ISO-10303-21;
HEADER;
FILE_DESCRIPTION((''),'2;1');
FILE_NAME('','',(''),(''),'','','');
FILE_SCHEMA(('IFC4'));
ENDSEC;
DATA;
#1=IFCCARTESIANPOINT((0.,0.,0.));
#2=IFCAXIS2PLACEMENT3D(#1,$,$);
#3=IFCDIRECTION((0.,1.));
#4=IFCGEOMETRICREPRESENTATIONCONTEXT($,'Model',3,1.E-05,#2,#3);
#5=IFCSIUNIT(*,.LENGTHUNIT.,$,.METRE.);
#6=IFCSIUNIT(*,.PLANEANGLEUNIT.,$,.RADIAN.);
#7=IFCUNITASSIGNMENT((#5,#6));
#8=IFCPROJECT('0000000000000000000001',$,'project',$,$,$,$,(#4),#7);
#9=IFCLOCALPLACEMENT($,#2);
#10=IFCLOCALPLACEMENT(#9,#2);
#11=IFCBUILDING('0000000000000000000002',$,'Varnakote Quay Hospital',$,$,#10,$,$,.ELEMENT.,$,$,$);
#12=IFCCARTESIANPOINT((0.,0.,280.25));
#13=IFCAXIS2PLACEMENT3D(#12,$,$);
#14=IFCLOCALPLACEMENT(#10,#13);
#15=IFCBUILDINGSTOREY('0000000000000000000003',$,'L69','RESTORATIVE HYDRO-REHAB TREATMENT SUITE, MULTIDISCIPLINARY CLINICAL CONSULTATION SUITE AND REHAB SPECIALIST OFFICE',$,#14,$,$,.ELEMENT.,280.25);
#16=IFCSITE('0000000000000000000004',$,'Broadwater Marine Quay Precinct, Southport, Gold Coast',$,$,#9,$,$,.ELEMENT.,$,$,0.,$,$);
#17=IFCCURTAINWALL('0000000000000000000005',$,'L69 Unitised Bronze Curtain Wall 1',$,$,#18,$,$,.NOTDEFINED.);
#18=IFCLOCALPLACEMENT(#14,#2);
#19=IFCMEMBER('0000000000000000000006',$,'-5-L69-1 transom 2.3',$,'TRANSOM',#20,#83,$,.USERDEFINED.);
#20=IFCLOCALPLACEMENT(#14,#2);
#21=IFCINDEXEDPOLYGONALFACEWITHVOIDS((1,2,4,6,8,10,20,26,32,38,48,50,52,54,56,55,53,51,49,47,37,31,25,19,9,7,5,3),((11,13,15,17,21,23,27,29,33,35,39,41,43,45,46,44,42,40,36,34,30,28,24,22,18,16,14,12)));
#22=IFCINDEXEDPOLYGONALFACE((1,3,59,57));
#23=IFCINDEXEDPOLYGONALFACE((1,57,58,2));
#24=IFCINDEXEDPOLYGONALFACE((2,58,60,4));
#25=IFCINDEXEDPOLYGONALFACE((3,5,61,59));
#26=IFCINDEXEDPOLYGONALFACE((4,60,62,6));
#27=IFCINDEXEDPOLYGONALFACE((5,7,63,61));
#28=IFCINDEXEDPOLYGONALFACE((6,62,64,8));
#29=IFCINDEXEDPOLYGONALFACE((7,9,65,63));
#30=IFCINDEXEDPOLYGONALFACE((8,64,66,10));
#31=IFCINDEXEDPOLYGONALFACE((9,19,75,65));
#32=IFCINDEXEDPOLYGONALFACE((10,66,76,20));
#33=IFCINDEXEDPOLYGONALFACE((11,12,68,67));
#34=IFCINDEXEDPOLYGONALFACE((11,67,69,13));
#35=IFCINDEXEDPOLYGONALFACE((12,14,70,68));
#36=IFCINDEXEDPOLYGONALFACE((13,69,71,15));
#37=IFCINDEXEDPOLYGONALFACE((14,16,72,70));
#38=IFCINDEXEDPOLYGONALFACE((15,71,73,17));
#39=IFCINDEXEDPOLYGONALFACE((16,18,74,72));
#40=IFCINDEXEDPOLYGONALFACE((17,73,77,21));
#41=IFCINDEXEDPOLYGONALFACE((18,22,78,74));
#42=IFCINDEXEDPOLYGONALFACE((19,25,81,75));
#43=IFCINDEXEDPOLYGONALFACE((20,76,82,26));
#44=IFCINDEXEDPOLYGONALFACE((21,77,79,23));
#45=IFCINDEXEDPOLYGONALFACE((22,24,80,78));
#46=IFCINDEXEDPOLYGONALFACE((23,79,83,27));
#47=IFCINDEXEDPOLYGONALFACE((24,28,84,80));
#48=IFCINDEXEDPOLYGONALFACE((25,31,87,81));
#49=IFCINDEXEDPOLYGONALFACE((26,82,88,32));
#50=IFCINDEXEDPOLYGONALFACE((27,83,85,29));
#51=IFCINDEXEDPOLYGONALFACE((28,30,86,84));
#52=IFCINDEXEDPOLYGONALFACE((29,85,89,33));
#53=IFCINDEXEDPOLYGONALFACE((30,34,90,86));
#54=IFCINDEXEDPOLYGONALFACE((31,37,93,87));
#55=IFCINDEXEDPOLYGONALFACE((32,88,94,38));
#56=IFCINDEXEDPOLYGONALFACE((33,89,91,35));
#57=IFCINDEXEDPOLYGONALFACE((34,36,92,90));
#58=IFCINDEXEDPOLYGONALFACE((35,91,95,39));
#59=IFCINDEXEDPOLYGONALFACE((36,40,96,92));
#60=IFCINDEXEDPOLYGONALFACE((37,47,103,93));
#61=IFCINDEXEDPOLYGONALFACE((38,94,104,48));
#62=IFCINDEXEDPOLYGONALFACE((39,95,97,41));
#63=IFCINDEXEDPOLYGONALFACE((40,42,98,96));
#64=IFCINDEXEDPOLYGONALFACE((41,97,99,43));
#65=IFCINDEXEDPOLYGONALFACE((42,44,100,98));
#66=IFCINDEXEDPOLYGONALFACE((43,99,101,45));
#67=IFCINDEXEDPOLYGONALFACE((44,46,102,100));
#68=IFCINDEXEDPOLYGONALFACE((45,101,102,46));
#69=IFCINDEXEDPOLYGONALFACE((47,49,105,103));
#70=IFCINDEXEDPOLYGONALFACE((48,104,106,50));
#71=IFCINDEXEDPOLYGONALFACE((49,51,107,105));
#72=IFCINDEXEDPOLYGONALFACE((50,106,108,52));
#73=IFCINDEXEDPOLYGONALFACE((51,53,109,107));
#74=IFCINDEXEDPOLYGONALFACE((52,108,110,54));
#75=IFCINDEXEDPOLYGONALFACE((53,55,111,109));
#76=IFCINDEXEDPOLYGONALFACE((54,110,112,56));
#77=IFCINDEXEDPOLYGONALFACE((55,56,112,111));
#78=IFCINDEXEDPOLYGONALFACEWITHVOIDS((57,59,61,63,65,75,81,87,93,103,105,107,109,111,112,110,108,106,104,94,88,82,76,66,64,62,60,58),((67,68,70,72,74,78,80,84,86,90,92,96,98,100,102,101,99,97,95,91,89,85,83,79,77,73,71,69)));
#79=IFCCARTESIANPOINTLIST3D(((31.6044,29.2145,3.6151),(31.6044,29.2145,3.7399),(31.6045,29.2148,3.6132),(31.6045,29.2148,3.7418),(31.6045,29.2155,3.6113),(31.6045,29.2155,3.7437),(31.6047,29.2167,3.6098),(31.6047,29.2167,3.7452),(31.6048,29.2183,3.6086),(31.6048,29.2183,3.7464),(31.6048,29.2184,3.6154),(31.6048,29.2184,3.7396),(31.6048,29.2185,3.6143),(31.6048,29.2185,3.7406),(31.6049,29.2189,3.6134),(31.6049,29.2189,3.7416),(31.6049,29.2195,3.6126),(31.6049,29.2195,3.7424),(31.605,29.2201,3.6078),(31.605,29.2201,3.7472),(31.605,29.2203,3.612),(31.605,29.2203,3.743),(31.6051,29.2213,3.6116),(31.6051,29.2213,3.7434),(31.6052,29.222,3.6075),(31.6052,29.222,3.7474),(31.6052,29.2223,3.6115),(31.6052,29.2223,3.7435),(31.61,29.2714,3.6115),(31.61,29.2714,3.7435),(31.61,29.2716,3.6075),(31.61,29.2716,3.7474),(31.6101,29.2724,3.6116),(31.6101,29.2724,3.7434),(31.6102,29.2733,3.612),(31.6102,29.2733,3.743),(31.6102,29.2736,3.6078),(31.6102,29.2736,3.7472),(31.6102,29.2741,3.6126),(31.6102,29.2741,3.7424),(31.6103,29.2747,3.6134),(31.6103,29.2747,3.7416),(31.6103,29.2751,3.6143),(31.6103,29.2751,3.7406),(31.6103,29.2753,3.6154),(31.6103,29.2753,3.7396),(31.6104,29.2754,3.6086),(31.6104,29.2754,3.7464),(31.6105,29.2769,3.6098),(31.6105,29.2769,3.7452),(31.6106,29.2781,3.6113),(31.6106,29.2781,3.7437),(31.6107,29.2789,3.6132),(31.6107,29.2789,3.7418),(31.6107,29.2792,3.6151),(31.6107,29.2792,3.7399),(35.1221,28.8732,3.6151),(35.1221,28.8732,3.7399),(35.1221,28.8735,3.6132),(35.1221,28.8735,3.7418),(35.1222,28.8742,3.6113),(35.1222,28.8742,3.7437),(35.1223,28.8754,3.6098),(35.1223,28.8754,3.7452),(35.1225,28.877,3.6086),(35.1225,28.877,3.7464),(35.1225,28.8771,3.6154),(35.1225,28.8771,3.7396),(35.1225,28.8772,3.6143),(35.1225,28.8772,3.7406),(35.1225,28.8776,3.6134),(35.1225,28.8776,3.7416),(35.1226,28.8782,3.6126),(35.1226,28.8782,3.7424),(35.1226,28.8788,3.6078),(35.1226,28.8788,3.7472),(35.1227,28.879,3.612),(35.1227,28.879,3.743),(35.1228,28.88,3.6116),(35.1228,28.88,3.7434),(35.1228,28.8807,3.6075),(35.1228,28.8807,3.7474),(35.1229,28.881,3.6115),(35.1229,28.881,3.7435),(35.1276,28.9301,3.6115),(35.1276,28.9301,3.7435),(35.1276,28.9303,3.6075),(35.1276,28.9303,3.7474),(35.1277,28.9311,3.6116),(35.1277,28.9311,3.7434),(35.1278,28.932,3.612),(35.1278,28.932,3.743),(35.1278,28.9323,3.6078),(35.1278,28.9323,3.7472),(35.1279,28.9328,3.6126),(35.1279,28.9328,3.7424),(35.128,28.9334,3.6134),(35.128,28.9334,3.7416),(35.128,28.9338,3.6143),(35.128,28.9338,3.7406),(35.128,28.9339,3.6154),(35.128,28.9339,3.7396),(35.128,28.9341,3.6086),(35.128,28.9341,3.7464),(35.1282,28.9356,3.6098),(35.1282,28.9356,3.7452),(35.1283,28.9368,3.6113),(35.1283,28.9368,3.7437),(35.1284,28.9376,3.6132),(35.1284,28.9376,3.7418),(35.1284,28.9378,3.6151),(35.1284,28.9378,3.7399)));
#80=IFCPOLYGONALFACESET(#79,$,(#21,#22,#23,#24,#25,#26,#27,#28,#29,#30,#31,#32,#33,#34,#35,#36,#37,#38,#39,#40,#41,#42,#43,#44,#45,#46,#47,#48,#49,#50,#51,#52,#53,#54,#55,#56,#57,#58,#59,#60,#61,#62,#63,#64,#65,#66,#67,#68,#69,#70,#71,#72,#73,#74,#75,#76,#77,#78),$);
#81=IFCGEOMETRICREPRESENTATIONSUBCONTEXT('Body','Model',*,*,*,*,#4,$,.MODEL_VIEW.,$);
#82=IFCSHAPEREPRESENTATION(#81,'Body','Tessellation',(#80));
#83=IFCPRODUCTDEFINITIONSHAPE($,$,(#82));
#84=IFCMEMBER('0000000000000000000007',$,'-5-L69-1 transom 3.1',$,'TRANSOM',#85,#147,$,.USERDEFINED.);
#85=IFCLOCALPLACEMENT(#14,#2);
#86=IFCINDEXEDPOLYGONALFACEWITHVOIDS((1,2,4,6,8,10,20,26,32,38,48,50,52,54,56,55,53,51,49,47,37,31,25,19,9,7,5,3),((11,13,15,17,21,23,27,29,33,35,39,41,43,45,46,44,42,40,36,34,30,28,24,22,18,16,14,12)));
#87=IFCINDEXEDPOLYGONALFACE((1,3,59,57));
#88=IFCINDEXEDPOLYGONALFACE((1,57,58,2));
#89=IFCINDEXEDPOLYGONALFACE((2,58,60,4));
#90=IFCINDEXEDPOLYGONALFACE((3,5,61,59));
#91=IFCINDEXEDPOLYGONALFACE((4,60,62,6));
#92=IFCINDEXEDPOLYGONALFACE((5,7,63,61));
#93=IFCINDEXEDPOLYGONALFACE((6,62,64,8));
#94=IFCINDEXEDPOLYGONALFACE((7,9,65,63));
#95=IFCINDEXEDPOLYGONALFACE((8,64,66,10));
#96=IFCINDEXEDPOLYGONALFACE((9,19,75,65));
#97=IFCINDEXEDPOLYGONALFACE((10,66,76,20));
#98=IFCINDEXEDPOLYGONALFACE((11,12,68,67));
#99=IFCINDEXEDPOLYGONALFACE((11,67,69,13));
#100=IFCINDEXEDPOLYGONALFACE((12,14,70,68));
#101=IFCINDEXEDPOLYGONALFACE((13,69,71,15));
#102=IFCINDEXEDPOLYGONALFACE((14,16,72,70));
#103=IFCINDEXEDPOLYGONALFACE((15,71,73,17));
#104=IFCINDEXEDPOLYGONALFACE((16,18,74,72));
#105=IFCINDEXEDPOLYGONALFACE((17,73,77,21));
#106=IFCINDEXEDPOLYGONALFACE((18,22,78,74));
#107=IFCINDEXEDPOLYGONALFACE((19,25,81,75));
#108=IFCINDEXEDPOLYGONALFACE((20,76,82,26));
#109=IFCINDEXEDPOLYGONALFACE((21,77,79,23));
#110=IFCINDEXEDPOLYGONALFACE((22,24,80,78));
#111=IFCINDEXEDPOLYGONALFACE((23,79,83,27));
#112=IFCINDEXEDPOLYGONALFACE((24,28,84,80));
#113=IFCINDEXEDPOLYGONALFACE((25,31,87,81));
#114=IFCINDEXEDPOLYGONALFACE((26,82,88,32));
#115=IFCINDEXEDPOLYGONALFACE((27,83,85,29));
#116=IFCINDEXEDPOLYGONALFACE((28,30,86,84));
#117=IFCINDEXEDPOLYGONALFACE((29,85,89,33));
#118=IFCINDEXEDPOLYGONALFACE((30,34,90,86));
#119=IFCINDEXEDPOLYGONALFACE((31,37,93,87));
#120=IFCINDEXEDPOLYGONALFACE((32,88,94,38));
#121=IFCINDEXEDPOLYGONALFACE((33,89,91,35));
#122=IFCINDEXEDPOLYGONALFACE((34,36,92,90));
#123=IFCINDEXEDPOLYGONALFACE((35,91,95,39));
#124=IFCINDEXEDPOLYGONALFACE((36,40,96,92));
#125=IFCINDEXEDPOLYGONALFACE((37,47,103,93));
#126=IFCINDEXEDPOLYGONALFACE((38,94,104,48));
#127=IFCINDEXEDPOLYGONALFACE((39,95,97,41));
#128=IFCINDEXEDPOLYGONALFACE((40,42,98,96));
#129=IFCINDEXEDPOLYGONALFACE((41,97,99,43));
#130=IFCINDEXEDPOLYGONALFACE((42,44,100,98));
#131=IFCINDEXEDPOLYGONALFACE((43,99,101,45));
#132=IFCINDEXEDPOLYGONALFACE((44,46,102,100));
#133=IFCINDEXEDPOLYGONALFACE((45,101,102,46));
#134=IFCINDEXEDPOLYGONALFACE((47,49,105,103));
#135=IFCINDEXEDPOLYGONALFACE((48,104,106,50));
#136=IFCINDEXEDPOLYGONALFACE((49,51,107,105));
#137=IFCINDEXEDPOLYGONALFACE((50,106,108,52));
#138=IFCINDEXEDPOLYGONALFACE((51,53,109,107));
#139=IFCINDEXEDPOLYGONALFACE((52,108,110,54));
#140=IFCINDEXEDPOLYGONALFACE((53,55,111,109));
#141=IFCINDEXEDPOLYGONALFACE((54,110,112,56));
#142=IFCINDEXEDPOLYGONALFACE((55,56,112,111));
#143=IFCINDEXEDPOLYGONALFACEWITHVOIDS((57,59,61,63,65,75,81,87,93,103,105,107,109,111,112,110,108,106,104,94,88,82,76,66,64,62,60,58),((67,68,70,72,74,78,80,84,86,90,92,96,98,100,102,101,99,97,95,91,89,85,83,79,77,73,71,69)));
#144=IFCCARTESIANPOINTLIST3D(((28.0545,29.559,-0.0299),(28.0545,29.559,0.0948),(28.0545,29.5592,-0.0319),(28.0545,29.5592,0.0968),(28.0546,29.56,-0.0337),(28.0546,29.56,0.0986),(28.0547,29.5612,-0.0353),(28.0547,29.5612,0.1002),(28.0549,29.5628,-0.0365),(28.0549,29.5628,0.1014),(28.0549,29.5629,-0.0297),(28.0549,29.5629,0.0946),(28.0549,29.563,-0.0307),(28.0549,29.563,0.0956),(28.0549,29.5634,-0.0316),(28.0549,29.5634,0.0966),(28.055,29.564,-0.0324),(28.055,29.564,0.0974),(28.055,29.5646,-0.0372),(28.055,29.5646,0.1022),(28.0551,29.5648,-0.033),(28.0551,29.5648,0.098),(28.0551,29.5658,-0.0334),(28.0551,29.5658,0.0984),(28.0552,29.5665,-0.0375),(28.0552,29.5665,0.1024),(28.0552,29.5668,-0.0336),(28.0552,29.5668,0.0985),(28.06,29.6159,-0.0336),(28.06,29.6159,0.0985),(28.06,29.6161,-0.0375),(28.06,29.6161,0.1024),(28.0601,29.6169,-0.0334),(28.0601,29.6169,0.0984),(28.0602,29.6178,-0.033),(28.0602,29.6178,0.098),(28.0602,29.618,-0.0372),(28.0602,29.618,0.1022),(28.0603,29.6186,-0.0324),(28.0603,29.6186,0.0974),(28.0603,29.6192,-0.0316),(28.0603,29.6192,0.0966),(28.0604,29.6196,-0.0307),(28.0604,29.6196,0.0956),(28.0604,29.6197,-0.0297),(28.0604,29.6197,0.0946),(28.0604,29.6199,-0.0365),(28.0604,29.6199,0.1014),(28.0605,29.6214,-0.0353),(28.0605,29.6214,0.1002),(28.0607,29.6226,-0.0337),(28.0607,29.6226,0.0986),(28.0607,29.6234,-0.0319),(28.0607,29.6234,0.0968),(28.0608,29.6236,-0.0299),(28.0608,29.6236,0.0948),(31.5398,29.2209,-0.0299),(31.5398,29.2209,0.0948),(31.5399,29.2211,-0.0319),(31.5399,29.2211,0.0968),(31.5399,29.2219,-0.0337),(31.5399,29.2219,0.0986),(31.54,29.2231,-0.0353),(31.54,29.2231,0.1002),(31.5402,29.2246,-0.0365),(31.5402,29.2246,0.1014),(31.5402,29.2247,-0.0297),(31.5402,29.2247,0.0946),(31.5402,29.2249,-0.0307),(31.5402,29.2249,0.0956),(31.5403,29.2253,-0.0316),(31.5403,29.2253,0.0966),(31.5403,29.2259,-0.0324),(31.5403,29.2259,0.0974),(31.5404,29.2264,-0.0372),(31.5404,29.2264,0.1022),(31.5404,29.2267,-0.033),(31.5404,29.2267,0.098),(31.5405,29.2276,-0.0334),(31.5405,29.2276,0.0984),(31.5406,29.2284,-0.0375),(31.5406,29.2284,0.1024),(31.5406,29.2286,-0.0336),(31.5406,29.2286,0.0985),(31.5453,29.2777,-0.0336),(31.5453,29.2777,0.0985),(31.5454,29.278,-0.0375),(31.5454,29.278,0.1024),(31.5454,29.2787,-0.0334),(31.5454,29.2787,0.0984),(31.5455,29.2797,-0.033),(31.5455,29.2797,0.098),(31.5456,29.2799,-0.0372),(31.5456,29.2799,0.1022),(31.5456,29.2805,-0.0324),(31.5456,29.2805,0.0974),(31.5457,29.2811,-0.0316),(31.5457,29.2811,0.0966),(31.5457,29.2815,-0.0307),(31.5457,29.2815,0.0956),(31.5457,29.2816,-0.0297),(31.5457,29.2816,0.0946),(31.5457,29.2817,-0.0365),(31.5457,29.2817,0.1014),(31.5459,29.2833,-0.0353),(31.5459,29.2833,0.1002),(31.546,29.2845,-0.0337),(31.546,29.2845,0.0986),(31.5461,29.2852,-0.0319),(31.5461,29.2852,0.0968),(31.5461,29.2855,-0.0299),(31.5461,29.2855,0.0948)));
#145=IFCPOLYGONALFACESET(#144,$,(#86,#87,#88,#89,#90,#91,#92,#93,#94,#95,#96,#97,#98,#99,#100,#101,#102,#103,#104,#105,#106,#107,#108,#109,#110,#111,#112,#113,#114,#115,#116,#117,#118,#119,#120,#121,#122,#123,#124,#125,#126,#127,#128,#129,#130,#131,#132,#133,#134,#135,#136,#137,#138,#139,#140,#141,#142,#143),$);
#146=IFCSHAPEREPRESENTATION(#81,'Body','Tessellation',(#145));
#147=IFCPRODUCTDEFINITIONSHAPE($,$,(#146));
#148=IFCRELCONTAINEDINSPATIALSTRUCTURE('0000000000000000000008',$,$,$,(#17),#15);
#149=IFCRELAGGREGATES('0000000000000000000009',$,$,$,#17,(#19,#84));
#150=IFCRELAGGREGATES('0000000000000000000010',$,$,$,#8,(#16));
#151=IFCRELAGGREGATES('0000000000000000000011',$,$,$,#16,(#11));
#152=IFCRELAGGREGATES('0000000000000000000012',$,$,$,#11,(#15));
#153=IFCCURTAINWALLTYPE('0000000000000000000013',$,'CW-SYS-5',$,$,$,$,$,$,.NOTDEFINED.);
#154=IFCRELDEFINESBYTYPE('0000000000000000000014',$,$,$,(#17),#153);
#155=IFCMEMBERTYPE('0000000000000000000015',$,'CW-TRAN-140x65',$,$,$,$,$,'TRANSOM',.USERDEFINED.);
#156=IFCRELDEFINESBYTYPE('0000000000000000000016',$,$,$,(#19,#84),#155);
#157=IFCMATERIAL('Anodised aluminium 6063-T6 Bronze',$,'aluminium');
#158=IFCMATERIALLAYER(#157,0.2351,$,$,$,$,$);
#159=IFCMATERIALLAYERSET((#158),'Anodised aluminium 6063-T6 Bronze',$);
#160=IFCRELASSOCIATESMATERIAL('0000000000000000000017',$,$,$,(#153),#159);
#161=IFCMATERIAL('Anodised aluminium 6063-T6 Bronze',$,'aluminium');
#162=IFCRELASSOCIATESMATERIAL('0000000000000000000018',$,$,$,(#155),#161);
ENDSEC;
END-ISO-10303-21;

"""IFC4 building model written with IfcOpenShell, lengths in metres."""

from ifc_helpers import new_model, si_unit, direction, frame, origin, origin_2d, place, context, subcontext, project, spatial, hollow_rectangle, extrude, material, layer, layer_set, material_profile, profile_set, type_object, element, aggregate, save


model = new_model("IFC4")

# Units and contexts
model_context = context("Model", 3, precision=1e-05, world=origin(), true_north=direction((0.0, 1.0)))
body_context = subcontext(model_context, "Body", "Model", "MODEL_VIEW")
ifc_project = project(units=[si_unit("LENGTHUNIT", "METRE"), si_unit("PLANEANGLEUNIT", "RADIAN")], contexts=[model_context])

# Site, building, storey
site_placement = place(None, origin())
site = spatial("IfcSite", under=ifc_project, at=site_placement, Name="Broadwater Marine Quay Precinct, Southport, Gold Coast", CompositionType="ELEMENT", RefElevation=0.0)
building_placement = place(site_placement, origin())
building = spatial("IfcBuilding", under=site, at=building_placement, Name="Varnakote Quay Hospital", CompositionType="ELEMENT")
storey_placement = place(building_placement, frame((0.0, 0.0, 280.25)))
storey = spatial("IfcBuildingStorey", under=building, at=storey_placement, Name="L69", Description="RESTORATIVE HYDRO-REHAB TREATMENT SUITE, MULTIDISCIPLINARY CLINICAL CONSULTATION SUITE AND REHAB SPECIALIST OFFICE", CompositionType="ELEMENT", Elevation=280.25)

# Curtain wall, members
ifc_material_1 = material(Name="Anodised aluminium 6063-T6 Bronze", Category="aluminium")
ifc_layer_1 = layer(ifc_material_1, 0.2351)
ifc_layer_set_1 = layer_set([ifc_layer_1], Name="Anodised aluminium 6063-T6 Bronze")
curtain_wall_type = type_object("IfcCurtainWallType", Name="CW-SYS-5", PredefinedType="NOTDEFINED", material=ifc_layer_set_1)
curtain_wall_placement = place(storey_placement, origin())
curtain_wall = element("IfcCurtainWall", 1, at=curtain_wall_placement, inside=storey, type_object=curtain_wall_type, Name="L69 Unitised Bronze Curtain Wall 1", PredefinedType="NOTDEFINED")
ifc_material_2 = material(Name="Anodised aluminium 6063-T6 Bronze", Category="aluminium")
ifc_material_profile_1 = material_profile(ifc_material_2, hollow_rectangle(XDim=0.0649, YDim=0.1399, WallThickness=0.0039, InnerFilletRadius=0.0039, OuterFilletRadius=0.0076, at=origin_2d()), Name="CW-TRAN-140x65")
ifc_profile_set_1 = profile_set([ifc_material_profile_1], Name="Anodised aluminium 6063-T6 Bronze")
member_type_1 = type_object("IfcMemberType", Name="CW-TRAN-140x65", ElementType="TRANSOM", PredefinedType="USERDEFINED", material=ifc_profile_set_1)
member_1_placement = place(storey_placement, frame((35.1252, 28.9055, 3.6775), z_axis=(-0.995326, 0.096576, 0.0), x_axis=(-0.096576, -0.995326, 0.0)))
member_1 = element("IfcMember", 2, at=member_1_placement, type_object=member_type_1, Name="-5-L69-1 transom 2.3", ObjectType="TRANSOM", PredefinedType="USERDEFINED", context=body_context, shape_type="SweptSolid", body=[
    extrude(hollow_rectangle(XDim=0.0649, YDim=0.1399, WallThickness=0.0039, InnerFilletRadius=0.0039, OuterFilletRadius=0.0076, at=origin_2d()), origin(), (0.0, 0.0, 1.0), 3.5342),
])
member_2_placement = place(storey_placement, frame((31.543, 29.2532, 0.0325), z_axis=(-0.995327, 0.096563, 0.0), x_axis=(-0.096563, -0.995327, 0.0)))
member_2 = element("IfcMember", 3, at=member_2_placement, type_object=member_type_1, Name="-5-L69-1 transom 3.1", ObjectType="TRANSOM", PredefinedType="USERDEFINED", context=body_context, shape_type="SweptSolid", body=[
    extrude(hollow_rectangle(XDim=0.0649, YDim=0.1399, WallThickness=0.0039, InnerFilletRadius=0.0039, OuterFilletRadius=0.0076, at=origin_2d()), origin(), (0.0, 0.0, 1.0), 3.5017),
])
aggregate(curtain_wall, [member_1, member_2])

save(model, "model.ifc")
